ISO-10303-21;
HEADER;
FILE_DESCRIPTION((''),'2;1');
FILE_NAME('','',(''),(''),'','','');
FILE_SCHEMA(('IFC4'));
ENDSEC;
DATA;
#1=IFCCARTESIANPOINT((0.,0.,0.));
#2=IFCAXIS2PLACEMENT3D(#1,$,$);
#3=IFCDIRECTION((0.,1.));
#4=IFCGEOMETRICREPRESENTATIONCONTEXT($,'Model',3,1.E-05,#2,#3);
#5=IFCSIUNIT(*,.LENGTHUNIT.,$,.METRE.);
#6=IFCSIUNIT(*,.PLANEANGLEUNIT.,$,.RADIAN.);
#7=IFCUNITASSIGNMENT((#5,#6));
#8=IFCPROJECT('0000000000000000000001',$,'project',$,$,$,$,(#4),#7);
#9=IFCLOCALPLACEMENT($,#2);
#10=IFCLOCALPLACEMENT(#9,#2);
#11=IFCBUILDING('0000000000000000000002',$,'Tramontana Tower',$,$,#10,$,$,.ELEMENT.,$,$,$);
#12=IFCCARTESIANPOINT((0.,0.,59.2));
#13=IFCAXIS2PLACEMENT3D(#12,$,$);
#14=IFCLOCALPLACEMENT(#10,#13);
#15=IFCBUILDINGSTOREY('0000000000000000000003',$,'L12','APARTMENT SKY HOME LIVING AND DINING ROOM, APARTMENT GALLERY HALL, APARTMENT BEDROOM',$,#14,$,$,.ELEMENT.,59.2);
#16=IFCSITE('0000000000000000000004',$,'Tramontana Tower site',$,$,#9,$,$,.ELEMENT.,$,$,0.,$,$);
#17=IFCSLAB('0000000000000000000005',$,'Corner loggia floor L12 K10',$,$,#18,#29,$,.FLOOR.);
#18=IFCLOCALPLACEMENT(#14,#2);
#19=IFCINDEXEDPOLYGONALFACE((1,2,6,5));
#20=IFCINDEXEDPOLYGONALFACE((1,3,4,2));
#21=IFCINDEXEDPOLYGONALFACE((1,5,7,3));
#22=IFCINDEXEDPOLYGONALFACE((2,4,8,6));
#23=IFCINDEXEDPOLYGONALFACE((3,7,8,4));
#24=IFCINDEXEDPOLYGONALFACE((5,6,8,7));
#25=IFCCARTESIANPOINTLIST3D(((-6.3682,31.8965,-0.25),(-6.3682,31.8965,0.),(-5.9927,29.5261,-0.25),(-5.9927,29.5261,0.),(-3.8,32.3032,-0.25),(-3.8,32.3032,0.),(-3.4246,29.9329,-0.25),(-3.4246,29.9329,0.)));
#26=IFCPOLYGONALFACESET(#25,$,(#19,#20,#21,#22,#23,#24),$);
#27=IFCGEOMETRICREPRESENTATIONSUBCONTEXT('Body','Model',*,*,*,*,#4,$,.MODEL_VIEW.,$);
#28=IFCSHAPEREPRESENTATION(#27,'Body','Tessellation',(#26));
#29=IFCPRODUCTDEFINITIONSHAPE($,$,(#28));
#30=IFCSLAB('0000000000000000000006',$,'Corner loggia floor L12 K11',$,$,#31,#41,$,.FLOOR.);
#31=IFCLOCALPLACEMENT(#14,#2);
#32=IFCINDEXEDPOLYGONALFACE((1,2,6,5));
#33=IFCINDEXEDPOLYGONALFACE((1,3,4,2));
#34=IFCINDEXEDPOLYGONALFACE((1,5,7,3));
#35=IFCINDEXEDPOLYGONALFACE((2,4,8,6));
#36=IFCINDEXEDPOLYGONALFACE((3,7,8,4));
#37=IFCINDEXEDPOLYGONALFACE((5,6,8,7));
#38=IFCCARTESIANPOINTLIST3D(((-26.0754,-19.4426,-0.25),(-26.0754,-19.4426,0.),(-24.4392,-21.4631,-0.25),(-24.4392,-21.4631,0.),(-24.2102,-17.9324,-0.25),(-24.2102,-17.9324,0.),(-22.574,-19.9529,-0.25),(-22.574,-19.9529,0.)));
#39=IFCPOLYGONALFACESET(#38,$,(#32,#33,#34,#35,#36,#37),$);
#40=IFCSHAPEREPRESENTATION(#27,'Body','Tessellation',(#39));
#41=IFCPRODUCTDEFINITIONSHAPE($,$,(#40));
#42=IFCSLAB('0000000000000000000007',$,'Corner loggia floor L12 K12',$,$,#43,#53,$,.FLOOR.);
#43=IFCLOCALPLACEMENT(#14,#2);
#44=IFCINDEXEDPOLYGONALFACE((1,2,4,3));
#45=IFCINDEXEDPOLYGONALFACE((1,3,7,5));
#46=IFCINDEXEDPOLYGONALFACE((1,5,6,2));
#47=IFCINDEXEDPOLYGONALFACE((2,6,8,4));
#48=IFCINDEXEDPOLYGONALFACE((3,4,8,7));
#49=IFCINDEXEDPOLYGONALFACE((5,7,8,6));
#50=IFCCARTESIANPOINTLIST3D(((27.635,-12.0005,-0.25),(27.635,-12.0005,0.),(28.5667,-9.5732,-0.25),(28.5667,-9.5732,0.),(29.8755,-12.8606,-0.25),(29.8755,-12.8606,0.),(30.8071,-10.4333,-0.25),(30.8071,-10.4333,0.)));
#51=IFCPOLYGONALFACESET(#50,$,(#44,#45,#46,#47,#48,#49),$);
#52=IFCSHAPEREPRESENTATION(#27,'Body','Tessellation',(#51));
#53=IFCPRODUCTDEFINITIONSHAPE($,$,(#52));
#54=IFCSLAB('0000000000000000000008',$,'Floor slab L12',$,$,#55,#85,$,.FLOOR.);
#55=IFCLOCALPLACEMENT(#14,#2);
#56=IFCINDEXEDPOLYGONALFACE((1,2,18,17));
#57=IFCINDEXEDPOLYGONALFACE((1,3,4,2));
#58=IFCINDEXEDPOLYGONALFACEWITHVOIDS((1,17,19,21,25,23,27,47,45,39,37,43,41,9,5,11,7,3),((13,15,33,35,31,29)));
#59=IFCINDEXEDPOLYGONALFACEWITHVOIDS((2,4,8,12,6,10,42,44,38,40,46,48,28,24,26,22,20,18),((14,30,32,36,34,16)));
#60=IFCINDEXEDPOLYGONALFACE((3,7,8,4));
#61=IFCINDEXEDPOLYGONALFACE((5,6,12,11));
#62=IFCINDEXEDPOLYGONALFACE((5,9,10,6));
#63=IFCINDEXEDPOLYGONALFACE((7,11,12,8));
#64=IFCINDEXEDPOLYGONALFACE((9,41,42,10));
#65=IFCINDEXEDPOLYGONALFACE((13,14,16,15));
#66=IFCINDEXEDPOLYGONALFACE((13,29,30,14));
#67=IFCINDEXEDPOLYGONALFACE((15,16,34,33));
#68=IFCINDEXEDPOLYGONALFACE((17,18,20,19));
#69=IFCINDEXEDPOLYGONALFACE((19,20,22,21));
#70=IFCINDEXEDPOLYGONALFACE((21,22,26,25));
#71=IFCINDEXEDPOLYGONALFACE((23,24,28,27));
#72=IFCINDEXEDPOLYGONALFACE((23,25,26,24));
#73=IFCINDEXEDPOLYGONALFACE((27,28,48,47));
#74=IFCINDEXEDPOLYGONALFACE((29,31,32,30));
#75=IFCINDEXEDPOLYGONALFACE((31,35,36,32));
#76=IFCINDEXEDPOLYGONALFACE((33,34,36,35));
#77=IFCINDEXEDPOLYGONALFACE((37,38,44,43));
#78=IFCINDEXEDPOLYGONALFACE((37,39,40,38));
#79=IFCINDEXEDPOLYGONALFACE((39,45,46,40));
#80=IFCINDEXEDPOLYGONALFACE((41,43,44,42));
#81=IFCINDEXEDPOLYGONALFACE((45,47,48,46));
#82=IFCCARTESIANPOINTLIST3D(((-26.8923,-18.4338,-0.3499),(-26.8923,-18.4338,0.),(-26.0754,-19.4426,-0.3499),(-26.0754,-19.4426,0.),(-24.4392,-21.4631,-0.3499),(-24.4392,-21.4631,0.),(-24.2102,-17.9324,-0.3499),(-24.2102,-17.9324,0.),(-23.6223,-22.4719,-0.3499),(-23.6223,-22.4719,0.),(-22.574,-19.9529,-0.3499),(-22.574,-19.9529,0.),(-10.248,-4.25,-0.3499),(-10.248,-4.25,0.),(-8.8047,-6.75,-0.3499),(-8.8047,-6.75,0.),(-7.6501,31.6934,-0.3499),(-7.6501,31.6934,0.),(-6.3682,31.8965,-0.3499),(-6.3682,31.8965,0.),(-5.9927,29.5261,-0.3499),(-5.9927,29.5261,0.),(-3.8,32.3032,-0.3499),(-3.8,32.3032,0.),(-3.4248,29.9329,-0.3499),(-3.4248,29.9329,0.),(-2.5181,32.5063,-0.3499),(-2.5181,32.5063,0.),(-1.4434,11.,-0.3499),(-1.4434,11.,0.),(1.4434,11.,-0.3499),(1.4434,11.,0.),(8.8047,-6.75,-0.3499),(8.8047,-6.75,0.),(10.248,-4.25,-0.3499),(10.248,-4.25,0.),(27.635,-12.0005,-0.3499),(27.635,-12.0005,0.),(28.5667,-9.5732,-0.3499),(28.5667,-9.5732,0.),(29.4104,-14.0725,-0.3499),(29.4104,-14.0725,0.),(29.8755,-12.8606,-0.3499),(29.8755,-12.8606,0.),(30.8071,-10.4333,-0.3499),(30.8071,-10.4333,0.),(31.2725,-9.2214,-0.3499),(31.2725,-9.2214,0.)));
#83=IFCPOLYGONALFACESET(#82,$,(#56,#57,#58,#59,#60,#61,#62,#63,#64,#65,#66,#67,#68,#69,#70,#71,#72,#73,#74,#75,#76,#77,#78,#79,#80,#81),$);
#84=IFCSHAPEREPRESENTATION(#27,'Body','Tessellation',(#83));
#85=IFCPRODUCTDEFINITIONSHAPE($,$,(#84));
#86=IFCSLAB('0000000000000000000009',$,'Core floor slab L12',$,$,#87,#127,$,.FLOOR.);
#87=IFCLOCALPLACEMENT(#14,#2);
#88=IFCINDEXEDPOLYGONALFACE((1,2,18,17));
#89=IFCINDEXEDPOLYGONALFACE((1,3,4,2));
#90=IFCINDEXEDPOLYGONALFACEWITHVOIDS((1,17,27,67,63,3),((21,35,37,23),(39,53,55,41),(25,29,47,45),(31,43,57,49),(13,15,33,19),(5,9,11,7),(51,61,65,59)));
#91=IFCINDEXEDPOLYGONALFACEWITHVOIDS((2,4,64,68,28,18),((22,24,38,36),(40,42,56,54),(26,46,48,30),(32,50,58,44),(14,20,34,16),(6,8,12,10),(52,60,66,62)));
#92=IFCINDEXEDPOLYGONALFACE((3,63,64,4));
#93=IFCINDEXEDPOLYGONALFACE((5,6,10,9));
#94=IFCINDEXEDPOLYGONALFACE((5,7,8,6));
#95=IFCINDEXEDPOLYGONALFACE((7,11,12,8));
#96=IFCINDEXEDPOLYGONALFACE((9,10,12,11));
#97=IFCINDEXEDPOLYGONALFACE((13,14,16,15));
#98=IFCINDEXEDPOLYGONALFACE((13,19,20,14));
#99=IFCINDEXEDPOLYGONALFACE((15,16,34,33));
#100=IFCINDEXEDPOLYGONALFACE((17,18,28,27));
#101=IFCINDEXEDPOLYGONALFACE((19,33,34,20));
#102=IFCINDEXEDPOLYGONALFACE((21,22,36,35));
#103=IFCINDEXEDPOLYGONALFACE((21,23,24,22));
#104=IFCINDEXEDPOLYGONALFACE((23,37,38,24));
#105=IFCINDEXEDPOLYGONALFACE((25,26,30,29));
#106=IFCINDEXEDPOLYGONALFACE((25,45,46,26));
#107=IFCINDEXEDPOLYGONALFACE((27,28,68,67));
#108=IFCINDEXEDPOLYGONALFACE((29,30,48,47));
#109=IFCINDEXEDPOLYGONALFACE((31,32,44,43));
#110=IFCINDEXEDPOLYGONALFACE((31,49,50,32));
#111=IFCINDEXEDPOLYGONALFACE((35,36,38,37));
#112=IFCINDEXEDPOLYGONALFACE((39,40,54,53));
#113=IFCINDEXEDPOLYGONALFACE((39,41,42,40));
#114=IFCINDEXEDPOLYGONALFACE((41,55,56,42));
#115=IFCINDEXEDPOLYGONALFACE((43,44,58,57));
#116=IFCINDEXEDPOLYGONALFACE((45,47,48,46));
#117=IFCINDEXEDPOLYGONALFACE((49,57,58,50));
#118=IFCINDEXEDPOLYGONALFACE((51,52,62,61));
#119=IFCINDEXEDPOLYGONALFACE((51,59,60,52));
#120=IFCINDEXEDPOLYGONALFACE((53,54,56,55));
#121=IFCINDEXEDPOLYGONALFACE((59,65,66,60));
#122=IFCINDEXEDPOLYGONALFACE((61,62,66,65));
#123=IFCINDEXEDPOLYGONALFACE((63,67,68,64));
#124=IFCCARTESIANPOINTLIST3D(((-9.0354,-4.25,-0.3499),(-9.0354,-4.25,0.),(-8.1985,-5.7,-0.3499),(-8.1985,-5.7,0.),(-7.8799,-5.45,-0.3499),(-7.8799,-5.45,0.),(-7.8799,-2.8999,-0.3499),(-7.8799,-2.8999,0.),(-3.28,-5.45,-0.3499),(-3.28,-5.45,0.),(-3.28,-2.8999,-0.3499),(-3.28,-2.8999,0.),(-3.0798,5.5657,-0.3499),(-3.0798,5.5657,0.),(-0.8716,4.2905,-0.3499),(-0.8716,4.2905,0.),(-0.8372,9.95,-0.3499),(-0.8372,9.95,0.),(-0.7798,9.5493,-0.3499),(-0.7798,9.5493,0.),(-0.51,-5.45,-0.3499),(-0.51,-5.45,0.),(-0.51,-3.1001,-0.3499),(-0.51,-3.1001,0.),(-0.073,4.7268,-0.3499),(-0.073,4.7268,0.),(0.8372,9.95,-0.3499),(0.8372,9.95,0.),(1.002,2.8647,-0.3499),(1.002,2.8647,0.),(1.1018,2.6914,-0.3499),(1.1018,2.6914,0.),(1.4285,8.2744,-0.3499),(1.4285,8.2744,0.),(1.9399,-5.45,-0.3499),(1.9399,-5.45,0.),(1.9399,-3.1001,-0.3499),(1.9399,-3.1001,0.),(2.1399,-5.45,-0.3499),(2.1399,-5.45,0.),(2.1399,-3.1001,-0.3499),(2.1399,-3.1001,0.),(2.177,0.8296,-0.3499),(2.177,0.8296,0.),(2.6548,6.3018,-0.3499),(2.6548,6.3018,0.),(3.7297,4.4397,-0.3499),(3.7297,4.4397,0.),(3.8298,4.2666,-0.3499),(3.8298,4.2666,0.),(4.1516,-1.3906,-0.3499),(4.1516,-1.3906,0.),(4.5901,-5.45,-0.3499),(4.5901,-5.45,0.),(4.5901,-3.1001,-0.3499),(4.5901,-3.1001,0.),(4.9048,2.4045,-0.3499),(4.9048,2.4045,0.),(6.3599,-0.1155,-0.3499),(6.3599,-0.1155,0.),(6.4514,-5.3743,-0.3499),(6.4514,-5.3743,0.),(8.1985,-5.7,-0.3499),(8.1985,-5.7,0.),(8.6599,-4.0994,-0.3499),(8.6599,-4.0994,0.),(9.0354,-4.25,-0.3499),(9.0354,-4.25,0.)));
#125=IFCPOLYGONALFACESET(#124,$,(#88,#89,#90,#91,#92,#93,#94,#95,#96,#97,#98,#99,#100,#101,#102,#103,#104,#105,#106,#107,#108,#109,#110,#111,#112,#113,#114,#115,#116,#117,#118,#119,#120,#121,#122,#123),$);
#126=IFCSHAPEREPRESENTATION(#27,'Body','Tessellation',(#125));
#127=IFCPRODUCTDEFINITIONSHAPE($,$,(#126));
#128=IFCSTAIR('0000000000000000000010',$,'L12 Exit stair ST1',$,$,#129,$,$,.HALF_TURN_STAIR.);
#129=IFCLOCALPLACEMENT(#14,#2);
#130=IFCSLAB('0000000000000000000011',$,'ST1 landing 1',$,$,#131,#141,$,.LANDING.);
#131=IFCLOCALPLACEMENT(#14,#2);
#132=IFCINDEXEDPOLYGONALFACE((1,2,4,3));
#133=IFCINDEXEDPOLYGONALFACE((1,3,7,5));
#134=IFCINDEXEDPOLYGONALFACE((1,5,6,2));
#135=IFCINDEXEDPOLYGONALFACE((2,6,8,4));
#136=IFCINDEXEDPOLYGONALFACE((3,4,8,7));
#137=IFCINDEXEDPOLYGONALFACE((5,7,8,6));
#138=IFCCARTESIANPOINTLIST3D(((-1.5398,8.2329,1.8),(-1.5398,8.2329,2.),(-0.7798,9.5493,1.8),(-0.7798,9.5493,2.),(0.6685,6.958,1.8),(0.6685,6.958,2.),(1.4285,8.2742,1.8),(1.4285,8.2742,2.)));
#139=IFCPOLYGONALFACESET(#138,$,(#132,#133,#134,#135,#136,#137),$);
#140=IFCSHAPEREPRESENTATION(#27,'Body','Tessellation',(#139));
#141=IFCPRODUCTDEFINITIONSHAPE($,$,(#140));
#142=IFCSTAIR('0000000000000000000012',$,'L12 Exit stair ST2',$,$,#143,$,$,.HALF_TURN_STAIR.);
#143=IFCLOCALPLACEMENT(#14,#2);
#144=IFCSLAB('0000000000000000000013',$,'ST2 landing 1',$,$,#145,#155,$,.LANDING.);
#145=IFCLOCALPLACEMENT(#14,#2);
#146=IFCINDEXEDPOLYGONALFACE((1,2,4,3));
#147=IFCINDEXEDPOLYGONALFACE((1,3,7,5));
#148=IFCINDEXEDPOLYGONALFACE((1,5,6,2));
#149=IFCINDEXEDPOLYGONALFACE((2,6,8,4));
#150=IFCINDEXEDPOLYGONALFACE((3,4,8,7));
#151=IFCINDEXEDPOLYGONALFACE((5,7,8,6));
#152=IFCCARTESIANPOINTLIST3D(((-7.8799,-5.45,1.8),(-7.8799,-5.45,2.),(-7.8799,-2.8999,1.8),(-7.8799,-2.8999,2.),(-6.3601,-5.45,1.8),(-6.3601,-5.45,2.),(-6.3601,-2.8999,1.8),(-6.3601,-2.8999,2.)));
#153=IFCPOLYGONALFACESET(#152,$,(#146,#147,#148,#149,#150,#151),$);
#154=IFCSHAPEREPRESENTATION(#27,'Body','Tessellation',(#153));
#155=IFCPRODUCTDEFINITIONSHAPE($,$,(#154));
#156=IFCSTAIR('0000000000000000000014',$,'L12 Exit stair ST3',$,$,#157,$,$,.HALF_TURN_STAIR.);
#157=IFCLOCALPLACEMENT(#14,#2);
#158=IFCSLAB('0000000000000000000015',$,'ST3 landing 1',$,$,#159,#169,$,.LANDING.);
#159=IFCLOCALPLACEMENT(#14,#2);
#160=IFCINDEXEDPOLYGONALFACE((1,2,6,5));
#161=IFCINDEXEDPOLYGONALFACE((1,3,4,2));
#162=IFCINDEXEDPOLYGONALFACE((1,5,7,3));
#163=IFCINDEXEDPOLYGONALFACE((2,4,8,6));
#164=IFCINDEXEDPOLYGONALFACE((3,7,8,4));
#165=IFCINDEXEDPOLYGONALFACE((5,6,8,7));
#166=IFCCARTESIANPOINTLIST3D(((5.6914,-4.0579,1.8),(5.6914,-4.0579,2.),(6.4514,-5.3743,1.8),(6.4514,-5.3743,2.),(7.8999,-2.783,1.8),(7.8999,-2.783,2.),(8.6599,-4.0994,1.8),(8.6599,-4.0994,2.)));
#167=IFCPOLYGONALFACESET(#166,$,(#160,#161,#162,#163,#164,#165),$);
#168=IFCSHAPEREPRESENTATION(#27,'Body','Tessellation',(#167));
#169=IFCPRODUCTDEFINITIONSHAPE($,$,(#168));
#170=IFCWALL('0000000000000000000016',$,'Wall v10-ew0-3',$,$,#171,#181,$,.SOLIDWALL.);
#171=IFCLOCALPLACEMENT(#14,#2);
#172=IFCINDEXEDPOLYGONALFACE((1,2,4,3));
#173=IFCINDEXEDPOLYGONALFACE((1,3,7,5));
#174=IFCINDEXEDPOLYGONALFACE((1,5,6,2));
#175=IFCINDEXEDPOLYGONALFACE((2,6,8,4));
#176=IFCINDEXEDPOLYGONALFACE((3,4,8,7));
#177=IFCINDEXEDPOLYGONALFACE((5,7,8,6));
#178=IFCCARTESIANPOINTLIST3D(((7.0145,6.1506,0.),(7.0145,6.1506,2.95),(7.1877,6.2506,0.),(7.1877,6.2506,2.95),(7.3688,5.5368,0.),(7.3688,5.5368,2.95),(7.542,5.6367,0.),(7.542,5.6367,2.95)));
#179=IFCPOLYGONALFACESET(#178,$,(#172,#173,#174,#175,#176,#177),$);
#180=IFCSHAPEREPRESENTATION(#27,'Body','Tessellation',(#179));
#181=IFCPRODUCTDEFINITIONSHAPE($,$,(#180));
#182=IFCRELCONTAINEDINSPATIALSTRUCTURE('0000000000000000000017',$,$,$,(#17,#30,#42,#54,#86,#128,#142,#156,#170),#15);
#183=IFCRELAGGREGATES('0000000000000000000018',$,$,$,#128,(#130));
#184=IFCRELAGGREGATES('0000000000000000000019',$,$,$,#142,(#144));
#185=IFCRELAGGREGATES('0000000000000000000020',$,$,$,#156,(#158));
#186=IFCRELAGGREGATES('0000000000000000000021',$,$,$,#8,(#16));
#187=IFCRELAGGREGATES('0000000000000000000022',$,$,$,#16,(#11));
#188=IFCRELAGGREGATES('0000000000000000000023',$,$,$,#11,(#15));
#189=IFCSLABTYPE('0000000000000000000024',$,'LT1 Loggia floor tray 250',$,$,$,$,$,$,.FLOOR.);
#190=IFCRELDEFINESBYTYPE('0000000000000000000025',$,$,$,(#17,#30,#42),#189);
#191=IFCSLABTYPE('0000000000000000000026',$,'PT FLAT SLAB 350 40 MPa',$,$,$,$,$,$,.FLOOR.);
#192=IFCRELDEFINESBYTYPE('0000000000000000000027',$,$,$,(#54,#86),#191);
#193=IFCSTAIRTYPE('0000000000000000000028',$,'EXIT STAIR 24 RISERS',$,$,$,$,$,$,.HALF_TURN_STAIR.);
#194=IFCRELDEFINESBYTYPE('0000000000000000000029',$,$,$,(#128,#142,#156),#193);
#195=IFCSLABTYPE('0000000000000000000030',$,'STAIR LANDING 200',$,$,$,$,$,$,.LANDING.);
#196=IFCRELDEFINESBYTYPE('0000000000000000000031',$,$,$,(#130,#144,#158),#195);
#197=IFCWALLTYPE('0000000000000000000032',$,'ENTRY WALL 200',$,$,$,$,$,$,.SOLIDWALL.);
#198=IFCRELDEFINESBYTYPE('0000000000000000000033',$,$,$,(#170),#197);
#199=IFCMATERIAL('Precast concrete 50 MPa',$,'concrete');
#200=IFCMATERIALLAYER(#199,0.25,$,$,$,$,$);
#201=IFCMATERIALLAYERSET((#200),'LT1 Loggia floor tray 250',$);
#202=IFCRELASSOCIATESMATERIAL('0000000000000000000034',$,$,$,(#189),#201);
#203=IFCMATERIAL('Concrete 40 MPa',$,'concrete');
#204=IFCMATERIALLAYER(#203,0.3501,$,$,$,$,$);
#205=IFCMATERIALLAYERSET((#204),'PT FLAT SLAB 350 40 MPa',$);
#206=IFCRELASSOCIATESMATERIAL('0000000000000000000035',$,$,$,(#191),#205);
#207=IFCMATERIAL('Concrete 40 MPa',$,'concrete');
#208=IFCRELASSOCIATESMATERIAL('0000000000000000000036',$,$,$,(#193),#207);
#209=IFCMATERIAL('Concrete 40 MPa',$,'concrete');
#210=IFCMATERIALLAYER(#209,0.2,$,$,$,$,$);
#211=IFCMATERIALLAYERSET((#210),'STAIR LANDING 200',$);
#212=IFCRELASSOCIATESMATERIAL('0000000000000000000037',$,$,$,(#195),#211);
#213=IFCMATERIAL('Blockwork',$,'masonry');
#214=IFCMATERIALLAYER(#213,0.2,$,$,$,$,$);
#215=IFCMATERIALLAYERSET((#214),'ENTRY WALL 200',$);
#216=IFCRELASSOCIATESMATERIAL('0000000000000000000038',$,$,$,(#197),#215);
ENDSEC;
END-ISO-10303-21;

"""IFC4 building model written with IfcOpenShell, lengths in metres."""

from ifc_helpers import new_model, si_unit, direction, frame, frame_2d, origin, place, context, subcontext, project, spatial, polyline, rectangle, outline, extrude, material, layer, layer_set, type_object, element, aggregate, save


model = new_model("IFC4")

# Units and contexts
model_context = context("Model", 3, precision=1e-05, world=origin(), true_north=direction((0.0, 1.0)))
body_context = subcontext(model_context, "Body", "Model", "MODEL_VIEW")
ifc_project = project(units=[si_unit("LENGTHUNIT", "METRE"), si_unit("PLANEANGLEUNIT", "RADIAN")], contexts=[model_context])

# Site, building, storey
site_placement = place(None, origin())
site = spatial("IfcSite", under=ifc_project, at=site_placement, Name="Tramontana Tower site", CompositionType="ELEMENT", RefElevation=0.0)
building_placement = place(site_placement, origin())
building = spatial("IfcBuilding", under=site, at=building_placement, Name="Tramontana Tower", CompositionType="ELEMENT")
storey_placement = place(building_placement, frame((0.0, 0.0, 59.2)))
storey = spatial("IfcBuildingStorey", under=building, at=storey_placement, Name="L12", Description="APARTMENT SKY HOME LIVING AND DINING ROOM, APARTMENT GALLERY HALL, APARTMENT BEDROOM", CompositionType="ELEMENT", Elevation=59.2)

# Slabs
ifc_material_1 = material(Name="Precast concrete 50 MPa", Category="concrete")
ifc_layer_1 = layer(ifc_material_1, 0.25)
ifc_layer_set_1 = layer_set([ifc_layer_1], Name="LT1 Loggia floor tray 250")
slab_type_1 = type_object("IfcSlabType", Name="LT1 Loggia floor tray 250", PredefinedType="FLOOR", material=ifc_layer_set_1)
slab_1_placement = place(storey_placement, frame((0.0, 0.0, -0.25)))
element("IfcSlab", 1, at=slab_1_placement, inside=storey, type_object=slab_type_1, Name="Corner loggia floor L12 K10", PredefinedType="FLOOR", context=body_context, shape_type="SweptSolid", body=[
    extrude(outline(polyline([(-3.8, 32.3032), (-3.4246, 29.9329), (-5.9927, 29.5261), (-6.3682, 31.8965), (-3.8, 32.3032)])), origin(), (0.0, 0.0, 1.0), 0.25),
])
slab_2_placement = place(storey_placement, frame((0.0, 0.0, -0.25)))
element("IfcSlab", 2, at=slab_2_placement, inside=storey, type_object=slab_type_1, Name="Corner loggia floor L12 K11", PredefinedType="FLOOR", context=body_context, shape_type="SweptSolid", body=[
    extrude(outline(polyline([(-26.0754, -19.4426), (-24.2102, -17.9324), (-22.574, -19.9529), (-24.4392, -21.4631), (-26.0754, -19.4426)])), origin(), (0.0, 0.0, 1.0), 0.25),
])
slab_3_placement = place(storey_placement, frame((0.0, 0.0, -0.25)))
element("IfcSlab", 3, at=slab_3_placement, inside=storey, type_object=slab_type_1, Name="Corner loggia floor L12 K12", PredefinedType="FLOOR", context=body_context, shape_type="SweptSolid", body=[
    extrude(outline(polyline([(29.8755, -12.8606), (27.635, -12.0005), (28.5667, -9.5732), (30.8071, -10.4333), (29.8755, -12.8606)])), origin(), (0.0, 0.0, 1.0), 0.25),
])
ifc_material_2 = material(Name="Concrete 40 MPa", Category="concrete")
ifc_layer_2 = layer(ifc_material_2, 0.3501)
ifc_layer_set_2 = layer_set([ifc_layer_2], Name="PT FLAT SLAB 350 40 MPa")
slab_type_2 = type_object("IfcSlabType", Name="PT FLAT SLAB 350 40 MPa", PredefinedType="FLOOR", material=ifc_layer_set_2)
slab_4_placement = place(storey_placement, frame((0.0, 0.0, -0.3499)))
element("IfcSlab", 4, at=slab_4_placement, inside=storey, type_object=slab_type_2, Name="Floor slab L12", PredefinedType="FLOOR", context=body_context, shape_type="SweptSolid", body=[
    extrude(outline(polyline([(30.8071, -10.4333), (28.5667, -9.5732), (27.635, -12.0005), (29.8755, -12.8606), (29.4104, -14.0725), (-23.6223, -22.4719), (-24.4392, -21.4631), (-22.574, -19.9529), (-24.2102, -17.9324), (-26.0754, -19.4426), (-26.8923, -18.4338), (-7.6501, 31.6934), (-6.3682, 31.8965), (-5.9927, 29.5261), (-3.4248, 29.9329), (-3.8, 32.3032), (-2.5181, 32.5063), (31.2725, -9.2214), (30.8071, -10.4333)]), holes=[polyline([(-10.248, -4.25), (-8.8047, -6.75), (8.8047, -6.75), (10.248, -4.25), (1.4434, 11.0), (-1.4434, 11.0), (-10.248, -4.25)])]), origin(), (0.0, 0.0, 1.0), 0.3499),
])
slab_5_placement = place(storey_placement, frame((0.0, 0.0, -0.3499)))
element("IfcSlab", 5, at=slab_5_placement, inside=storey, type_object=slab_type_2, Name="Core floor slab L12", PredefinedType="FLOOR", context=body_context, shape_type="SweptSolid", body=[
    extrude(outline(polyline([(9.0354, -4.25), (8.1985, -5.7), (-8.1985, -5.7), (-9.0354, -4.25), (-0.8372, 9.95), (0.8372, 9.95), (9.0354, -4.25)]), holes=[polyline([(8.6599, -4.0994), (6.3599, -0.1155), (4.1516, -1.3906), (6.4514, -5.3743), (8.6599, -4.0994)]), polyline([(3.8298, 4.2666), (1.1018, 2.6914), (2.177, 0.8296), (4.9048, 2.4045), (3.8298, 4.2666)]), polyline([(4.5901, -3.1001), (2.1399, -3.1001), (2.1399, -5.45), (4.5901, -5.45), (4.5901, -3.1001)]), polyline([(2.6548, 6.3018), (-0.073, 4.7268), (1.002, 2.8647), (3.7297, 4.4397), (2.6548, 6.3018)]), polyline([(1.9399, -5.45), (1.9399, -3.1001), (-0.51, -3.1001), (-0.51, -5.45), (1.9399, -5.45)]), polyline([(-0.7798, 9.5493), (-3.0798, 5.5657), (-0.8716, 4.2905), (1.4285, 8.2744), (-0.7798, 9.5493)]), polyline([(-7.8799, -5.45), (-3.28, -5.45), (-3.28, -2.8999), (-7.8799, -2.8999), (-7.8799, -5.45)])]), origin(), (0.0, 0.0, 1.0), 0.3499),
])

# Stairs, slabs
ifc_material_3 = material(Name="Concrete 40 MPa", Category="concrete")
stair_type = type_object("IfcStairType", Name="EXIT STAIR 24 RISERS", PredefinedType="HALF_TURN_STAIR", material=ifc_material_3)
stair_1_placement = place(storey_placement, origin())
stair_1 = element("IfcStair", 6, at=stair_1_placement, inside=storey, type_object=stair_type, Name="L12 Exit stair ST1", PredefinedType="HALF_TURN_STAIR")
ifc_material_4 = material(Name="Concrete 40 MPa", Category="concrete")
ifc_layer_3 = layer(ifc_material_4, 0.2)
ifc_layer_set_3 = layer_set([ifc_layer_3], Name="STAIR LANDING 200")
slab_type_3 = type_object("IfcSlabType", Name="STAIR LANDING 200", PredefinedType="LANDING", material=ifc_layer_set_3)
slab_6_placement = place(storey_placement, frame((0.0, 0.0, 1.8)))
slab_6 = element("IfcSlab", 7, at=slab_6_placement, type_object=slab_type_3, Name="ST1 landing 1", PredefinedType="LANDING", context=body_context, shape_type="SweptSolid", body=[
    extrude(outline(polyline([(0.6685, 6.958), (1.4285, 8.2742), (-0.7798, 9.5493), (-1.5398, 8.2329), (0.6685, 6.958)])), origin(), (0.0, 0.0, 1.0), 0.2),
])
aggregate(stair_1, [slab_6])
stair_2_placement = place(storey_placement, origin())
stair_2 = element("IfcStair", 8, at=stair_2_placement, inside=storey, type_object=stair_type, Name="L12 Exit stair ST2", PredefinedType="HALF_TURN_STAIR")
slab_7_placement = place(storey_placement, frame((0.0, 0.0, 1.8)))
slab_7 = element("IfcSlab", 9, at=slab_7_placement, type_object=slab_type_3, Name="ST2 landing 1", PredefinedType="LANDING", context=body_context, shape_type="SweptSolid", body=[
    extrude(outline(polyline([(-6.3601, -2.8999), (-7.8799, -2.8999), (-7.8799, -5.45), (-6.3601, -5.45), (-6.3601, -2.8999)])), origin(), (0.0, 0.0, 1.0), 0.2),
])
aggregate(stair_2, [slab_7])
stair_3_placement = place(storey_placement, origin())
stair_3 = element("IfcStair", 10, at=stair_3_placement, inside=storey, type_object=stair_type, Name="L12 Exit stair ST3", PredefinedType="HALF_TURN_STAIR")
slab_8_placement = place(storey_placement, frame((0.0, 0.0, 1.8)))
slab_8 = element("IfcSlab", 11, at=slab_8_placement, type_object=slab_type_3, Name="ST3 landing 1", PredefinedType="LANDING", context=body_context, shape_type="SweptSolid", body=[
    extrude(outline(polyline([(5.6914, -4.0579), (6.4514, -5.3743), (8.6599, -4.0994), (7.8999, -2.783), (5.6914, -4.0579)])), origin(), (0.0, 0.0, 1.0), 0.2),
])

# Wall
ifc_material_5 = material(Name="Blockwork", Category="masonry")
ifc_layer_4 = layer(ifc_material_5, 0.2)
ifc_layer_set_4 = layer_set([ifc_layer_4], Name="ENTRY WALL 200")
wall_type_1 = type_object("IfcWallType", Name="ENTRY WALL 200", PredefinedType="SOLIDWALL", material=ifc_layer_set_4)
wall_1_placement = place(storey_placement, frame((7.1011, 6.2007, 0.0), z_axis=(0.0, 0.0, 1.0), x_axis=(0.499882, -0.866094, 0.0)))
element("IfcWall", 12, at=wall_1_placement, inside=storey, type_object=wall_type_1, Name="Wall v10-ew0-3", PredefinedType="SOLIDWALL", context=body_context, shape_type="SweptSolid", body=[
    extrude(rectangle(XDim=0.7087, YDim=0.2, at=frame_2d((0.3545, 0.0))), origin(), (0.0, 0.0, 1.0), 2.95),
])

aggregate(stair_3, [slab_8])

save(model, "model.ifc")
